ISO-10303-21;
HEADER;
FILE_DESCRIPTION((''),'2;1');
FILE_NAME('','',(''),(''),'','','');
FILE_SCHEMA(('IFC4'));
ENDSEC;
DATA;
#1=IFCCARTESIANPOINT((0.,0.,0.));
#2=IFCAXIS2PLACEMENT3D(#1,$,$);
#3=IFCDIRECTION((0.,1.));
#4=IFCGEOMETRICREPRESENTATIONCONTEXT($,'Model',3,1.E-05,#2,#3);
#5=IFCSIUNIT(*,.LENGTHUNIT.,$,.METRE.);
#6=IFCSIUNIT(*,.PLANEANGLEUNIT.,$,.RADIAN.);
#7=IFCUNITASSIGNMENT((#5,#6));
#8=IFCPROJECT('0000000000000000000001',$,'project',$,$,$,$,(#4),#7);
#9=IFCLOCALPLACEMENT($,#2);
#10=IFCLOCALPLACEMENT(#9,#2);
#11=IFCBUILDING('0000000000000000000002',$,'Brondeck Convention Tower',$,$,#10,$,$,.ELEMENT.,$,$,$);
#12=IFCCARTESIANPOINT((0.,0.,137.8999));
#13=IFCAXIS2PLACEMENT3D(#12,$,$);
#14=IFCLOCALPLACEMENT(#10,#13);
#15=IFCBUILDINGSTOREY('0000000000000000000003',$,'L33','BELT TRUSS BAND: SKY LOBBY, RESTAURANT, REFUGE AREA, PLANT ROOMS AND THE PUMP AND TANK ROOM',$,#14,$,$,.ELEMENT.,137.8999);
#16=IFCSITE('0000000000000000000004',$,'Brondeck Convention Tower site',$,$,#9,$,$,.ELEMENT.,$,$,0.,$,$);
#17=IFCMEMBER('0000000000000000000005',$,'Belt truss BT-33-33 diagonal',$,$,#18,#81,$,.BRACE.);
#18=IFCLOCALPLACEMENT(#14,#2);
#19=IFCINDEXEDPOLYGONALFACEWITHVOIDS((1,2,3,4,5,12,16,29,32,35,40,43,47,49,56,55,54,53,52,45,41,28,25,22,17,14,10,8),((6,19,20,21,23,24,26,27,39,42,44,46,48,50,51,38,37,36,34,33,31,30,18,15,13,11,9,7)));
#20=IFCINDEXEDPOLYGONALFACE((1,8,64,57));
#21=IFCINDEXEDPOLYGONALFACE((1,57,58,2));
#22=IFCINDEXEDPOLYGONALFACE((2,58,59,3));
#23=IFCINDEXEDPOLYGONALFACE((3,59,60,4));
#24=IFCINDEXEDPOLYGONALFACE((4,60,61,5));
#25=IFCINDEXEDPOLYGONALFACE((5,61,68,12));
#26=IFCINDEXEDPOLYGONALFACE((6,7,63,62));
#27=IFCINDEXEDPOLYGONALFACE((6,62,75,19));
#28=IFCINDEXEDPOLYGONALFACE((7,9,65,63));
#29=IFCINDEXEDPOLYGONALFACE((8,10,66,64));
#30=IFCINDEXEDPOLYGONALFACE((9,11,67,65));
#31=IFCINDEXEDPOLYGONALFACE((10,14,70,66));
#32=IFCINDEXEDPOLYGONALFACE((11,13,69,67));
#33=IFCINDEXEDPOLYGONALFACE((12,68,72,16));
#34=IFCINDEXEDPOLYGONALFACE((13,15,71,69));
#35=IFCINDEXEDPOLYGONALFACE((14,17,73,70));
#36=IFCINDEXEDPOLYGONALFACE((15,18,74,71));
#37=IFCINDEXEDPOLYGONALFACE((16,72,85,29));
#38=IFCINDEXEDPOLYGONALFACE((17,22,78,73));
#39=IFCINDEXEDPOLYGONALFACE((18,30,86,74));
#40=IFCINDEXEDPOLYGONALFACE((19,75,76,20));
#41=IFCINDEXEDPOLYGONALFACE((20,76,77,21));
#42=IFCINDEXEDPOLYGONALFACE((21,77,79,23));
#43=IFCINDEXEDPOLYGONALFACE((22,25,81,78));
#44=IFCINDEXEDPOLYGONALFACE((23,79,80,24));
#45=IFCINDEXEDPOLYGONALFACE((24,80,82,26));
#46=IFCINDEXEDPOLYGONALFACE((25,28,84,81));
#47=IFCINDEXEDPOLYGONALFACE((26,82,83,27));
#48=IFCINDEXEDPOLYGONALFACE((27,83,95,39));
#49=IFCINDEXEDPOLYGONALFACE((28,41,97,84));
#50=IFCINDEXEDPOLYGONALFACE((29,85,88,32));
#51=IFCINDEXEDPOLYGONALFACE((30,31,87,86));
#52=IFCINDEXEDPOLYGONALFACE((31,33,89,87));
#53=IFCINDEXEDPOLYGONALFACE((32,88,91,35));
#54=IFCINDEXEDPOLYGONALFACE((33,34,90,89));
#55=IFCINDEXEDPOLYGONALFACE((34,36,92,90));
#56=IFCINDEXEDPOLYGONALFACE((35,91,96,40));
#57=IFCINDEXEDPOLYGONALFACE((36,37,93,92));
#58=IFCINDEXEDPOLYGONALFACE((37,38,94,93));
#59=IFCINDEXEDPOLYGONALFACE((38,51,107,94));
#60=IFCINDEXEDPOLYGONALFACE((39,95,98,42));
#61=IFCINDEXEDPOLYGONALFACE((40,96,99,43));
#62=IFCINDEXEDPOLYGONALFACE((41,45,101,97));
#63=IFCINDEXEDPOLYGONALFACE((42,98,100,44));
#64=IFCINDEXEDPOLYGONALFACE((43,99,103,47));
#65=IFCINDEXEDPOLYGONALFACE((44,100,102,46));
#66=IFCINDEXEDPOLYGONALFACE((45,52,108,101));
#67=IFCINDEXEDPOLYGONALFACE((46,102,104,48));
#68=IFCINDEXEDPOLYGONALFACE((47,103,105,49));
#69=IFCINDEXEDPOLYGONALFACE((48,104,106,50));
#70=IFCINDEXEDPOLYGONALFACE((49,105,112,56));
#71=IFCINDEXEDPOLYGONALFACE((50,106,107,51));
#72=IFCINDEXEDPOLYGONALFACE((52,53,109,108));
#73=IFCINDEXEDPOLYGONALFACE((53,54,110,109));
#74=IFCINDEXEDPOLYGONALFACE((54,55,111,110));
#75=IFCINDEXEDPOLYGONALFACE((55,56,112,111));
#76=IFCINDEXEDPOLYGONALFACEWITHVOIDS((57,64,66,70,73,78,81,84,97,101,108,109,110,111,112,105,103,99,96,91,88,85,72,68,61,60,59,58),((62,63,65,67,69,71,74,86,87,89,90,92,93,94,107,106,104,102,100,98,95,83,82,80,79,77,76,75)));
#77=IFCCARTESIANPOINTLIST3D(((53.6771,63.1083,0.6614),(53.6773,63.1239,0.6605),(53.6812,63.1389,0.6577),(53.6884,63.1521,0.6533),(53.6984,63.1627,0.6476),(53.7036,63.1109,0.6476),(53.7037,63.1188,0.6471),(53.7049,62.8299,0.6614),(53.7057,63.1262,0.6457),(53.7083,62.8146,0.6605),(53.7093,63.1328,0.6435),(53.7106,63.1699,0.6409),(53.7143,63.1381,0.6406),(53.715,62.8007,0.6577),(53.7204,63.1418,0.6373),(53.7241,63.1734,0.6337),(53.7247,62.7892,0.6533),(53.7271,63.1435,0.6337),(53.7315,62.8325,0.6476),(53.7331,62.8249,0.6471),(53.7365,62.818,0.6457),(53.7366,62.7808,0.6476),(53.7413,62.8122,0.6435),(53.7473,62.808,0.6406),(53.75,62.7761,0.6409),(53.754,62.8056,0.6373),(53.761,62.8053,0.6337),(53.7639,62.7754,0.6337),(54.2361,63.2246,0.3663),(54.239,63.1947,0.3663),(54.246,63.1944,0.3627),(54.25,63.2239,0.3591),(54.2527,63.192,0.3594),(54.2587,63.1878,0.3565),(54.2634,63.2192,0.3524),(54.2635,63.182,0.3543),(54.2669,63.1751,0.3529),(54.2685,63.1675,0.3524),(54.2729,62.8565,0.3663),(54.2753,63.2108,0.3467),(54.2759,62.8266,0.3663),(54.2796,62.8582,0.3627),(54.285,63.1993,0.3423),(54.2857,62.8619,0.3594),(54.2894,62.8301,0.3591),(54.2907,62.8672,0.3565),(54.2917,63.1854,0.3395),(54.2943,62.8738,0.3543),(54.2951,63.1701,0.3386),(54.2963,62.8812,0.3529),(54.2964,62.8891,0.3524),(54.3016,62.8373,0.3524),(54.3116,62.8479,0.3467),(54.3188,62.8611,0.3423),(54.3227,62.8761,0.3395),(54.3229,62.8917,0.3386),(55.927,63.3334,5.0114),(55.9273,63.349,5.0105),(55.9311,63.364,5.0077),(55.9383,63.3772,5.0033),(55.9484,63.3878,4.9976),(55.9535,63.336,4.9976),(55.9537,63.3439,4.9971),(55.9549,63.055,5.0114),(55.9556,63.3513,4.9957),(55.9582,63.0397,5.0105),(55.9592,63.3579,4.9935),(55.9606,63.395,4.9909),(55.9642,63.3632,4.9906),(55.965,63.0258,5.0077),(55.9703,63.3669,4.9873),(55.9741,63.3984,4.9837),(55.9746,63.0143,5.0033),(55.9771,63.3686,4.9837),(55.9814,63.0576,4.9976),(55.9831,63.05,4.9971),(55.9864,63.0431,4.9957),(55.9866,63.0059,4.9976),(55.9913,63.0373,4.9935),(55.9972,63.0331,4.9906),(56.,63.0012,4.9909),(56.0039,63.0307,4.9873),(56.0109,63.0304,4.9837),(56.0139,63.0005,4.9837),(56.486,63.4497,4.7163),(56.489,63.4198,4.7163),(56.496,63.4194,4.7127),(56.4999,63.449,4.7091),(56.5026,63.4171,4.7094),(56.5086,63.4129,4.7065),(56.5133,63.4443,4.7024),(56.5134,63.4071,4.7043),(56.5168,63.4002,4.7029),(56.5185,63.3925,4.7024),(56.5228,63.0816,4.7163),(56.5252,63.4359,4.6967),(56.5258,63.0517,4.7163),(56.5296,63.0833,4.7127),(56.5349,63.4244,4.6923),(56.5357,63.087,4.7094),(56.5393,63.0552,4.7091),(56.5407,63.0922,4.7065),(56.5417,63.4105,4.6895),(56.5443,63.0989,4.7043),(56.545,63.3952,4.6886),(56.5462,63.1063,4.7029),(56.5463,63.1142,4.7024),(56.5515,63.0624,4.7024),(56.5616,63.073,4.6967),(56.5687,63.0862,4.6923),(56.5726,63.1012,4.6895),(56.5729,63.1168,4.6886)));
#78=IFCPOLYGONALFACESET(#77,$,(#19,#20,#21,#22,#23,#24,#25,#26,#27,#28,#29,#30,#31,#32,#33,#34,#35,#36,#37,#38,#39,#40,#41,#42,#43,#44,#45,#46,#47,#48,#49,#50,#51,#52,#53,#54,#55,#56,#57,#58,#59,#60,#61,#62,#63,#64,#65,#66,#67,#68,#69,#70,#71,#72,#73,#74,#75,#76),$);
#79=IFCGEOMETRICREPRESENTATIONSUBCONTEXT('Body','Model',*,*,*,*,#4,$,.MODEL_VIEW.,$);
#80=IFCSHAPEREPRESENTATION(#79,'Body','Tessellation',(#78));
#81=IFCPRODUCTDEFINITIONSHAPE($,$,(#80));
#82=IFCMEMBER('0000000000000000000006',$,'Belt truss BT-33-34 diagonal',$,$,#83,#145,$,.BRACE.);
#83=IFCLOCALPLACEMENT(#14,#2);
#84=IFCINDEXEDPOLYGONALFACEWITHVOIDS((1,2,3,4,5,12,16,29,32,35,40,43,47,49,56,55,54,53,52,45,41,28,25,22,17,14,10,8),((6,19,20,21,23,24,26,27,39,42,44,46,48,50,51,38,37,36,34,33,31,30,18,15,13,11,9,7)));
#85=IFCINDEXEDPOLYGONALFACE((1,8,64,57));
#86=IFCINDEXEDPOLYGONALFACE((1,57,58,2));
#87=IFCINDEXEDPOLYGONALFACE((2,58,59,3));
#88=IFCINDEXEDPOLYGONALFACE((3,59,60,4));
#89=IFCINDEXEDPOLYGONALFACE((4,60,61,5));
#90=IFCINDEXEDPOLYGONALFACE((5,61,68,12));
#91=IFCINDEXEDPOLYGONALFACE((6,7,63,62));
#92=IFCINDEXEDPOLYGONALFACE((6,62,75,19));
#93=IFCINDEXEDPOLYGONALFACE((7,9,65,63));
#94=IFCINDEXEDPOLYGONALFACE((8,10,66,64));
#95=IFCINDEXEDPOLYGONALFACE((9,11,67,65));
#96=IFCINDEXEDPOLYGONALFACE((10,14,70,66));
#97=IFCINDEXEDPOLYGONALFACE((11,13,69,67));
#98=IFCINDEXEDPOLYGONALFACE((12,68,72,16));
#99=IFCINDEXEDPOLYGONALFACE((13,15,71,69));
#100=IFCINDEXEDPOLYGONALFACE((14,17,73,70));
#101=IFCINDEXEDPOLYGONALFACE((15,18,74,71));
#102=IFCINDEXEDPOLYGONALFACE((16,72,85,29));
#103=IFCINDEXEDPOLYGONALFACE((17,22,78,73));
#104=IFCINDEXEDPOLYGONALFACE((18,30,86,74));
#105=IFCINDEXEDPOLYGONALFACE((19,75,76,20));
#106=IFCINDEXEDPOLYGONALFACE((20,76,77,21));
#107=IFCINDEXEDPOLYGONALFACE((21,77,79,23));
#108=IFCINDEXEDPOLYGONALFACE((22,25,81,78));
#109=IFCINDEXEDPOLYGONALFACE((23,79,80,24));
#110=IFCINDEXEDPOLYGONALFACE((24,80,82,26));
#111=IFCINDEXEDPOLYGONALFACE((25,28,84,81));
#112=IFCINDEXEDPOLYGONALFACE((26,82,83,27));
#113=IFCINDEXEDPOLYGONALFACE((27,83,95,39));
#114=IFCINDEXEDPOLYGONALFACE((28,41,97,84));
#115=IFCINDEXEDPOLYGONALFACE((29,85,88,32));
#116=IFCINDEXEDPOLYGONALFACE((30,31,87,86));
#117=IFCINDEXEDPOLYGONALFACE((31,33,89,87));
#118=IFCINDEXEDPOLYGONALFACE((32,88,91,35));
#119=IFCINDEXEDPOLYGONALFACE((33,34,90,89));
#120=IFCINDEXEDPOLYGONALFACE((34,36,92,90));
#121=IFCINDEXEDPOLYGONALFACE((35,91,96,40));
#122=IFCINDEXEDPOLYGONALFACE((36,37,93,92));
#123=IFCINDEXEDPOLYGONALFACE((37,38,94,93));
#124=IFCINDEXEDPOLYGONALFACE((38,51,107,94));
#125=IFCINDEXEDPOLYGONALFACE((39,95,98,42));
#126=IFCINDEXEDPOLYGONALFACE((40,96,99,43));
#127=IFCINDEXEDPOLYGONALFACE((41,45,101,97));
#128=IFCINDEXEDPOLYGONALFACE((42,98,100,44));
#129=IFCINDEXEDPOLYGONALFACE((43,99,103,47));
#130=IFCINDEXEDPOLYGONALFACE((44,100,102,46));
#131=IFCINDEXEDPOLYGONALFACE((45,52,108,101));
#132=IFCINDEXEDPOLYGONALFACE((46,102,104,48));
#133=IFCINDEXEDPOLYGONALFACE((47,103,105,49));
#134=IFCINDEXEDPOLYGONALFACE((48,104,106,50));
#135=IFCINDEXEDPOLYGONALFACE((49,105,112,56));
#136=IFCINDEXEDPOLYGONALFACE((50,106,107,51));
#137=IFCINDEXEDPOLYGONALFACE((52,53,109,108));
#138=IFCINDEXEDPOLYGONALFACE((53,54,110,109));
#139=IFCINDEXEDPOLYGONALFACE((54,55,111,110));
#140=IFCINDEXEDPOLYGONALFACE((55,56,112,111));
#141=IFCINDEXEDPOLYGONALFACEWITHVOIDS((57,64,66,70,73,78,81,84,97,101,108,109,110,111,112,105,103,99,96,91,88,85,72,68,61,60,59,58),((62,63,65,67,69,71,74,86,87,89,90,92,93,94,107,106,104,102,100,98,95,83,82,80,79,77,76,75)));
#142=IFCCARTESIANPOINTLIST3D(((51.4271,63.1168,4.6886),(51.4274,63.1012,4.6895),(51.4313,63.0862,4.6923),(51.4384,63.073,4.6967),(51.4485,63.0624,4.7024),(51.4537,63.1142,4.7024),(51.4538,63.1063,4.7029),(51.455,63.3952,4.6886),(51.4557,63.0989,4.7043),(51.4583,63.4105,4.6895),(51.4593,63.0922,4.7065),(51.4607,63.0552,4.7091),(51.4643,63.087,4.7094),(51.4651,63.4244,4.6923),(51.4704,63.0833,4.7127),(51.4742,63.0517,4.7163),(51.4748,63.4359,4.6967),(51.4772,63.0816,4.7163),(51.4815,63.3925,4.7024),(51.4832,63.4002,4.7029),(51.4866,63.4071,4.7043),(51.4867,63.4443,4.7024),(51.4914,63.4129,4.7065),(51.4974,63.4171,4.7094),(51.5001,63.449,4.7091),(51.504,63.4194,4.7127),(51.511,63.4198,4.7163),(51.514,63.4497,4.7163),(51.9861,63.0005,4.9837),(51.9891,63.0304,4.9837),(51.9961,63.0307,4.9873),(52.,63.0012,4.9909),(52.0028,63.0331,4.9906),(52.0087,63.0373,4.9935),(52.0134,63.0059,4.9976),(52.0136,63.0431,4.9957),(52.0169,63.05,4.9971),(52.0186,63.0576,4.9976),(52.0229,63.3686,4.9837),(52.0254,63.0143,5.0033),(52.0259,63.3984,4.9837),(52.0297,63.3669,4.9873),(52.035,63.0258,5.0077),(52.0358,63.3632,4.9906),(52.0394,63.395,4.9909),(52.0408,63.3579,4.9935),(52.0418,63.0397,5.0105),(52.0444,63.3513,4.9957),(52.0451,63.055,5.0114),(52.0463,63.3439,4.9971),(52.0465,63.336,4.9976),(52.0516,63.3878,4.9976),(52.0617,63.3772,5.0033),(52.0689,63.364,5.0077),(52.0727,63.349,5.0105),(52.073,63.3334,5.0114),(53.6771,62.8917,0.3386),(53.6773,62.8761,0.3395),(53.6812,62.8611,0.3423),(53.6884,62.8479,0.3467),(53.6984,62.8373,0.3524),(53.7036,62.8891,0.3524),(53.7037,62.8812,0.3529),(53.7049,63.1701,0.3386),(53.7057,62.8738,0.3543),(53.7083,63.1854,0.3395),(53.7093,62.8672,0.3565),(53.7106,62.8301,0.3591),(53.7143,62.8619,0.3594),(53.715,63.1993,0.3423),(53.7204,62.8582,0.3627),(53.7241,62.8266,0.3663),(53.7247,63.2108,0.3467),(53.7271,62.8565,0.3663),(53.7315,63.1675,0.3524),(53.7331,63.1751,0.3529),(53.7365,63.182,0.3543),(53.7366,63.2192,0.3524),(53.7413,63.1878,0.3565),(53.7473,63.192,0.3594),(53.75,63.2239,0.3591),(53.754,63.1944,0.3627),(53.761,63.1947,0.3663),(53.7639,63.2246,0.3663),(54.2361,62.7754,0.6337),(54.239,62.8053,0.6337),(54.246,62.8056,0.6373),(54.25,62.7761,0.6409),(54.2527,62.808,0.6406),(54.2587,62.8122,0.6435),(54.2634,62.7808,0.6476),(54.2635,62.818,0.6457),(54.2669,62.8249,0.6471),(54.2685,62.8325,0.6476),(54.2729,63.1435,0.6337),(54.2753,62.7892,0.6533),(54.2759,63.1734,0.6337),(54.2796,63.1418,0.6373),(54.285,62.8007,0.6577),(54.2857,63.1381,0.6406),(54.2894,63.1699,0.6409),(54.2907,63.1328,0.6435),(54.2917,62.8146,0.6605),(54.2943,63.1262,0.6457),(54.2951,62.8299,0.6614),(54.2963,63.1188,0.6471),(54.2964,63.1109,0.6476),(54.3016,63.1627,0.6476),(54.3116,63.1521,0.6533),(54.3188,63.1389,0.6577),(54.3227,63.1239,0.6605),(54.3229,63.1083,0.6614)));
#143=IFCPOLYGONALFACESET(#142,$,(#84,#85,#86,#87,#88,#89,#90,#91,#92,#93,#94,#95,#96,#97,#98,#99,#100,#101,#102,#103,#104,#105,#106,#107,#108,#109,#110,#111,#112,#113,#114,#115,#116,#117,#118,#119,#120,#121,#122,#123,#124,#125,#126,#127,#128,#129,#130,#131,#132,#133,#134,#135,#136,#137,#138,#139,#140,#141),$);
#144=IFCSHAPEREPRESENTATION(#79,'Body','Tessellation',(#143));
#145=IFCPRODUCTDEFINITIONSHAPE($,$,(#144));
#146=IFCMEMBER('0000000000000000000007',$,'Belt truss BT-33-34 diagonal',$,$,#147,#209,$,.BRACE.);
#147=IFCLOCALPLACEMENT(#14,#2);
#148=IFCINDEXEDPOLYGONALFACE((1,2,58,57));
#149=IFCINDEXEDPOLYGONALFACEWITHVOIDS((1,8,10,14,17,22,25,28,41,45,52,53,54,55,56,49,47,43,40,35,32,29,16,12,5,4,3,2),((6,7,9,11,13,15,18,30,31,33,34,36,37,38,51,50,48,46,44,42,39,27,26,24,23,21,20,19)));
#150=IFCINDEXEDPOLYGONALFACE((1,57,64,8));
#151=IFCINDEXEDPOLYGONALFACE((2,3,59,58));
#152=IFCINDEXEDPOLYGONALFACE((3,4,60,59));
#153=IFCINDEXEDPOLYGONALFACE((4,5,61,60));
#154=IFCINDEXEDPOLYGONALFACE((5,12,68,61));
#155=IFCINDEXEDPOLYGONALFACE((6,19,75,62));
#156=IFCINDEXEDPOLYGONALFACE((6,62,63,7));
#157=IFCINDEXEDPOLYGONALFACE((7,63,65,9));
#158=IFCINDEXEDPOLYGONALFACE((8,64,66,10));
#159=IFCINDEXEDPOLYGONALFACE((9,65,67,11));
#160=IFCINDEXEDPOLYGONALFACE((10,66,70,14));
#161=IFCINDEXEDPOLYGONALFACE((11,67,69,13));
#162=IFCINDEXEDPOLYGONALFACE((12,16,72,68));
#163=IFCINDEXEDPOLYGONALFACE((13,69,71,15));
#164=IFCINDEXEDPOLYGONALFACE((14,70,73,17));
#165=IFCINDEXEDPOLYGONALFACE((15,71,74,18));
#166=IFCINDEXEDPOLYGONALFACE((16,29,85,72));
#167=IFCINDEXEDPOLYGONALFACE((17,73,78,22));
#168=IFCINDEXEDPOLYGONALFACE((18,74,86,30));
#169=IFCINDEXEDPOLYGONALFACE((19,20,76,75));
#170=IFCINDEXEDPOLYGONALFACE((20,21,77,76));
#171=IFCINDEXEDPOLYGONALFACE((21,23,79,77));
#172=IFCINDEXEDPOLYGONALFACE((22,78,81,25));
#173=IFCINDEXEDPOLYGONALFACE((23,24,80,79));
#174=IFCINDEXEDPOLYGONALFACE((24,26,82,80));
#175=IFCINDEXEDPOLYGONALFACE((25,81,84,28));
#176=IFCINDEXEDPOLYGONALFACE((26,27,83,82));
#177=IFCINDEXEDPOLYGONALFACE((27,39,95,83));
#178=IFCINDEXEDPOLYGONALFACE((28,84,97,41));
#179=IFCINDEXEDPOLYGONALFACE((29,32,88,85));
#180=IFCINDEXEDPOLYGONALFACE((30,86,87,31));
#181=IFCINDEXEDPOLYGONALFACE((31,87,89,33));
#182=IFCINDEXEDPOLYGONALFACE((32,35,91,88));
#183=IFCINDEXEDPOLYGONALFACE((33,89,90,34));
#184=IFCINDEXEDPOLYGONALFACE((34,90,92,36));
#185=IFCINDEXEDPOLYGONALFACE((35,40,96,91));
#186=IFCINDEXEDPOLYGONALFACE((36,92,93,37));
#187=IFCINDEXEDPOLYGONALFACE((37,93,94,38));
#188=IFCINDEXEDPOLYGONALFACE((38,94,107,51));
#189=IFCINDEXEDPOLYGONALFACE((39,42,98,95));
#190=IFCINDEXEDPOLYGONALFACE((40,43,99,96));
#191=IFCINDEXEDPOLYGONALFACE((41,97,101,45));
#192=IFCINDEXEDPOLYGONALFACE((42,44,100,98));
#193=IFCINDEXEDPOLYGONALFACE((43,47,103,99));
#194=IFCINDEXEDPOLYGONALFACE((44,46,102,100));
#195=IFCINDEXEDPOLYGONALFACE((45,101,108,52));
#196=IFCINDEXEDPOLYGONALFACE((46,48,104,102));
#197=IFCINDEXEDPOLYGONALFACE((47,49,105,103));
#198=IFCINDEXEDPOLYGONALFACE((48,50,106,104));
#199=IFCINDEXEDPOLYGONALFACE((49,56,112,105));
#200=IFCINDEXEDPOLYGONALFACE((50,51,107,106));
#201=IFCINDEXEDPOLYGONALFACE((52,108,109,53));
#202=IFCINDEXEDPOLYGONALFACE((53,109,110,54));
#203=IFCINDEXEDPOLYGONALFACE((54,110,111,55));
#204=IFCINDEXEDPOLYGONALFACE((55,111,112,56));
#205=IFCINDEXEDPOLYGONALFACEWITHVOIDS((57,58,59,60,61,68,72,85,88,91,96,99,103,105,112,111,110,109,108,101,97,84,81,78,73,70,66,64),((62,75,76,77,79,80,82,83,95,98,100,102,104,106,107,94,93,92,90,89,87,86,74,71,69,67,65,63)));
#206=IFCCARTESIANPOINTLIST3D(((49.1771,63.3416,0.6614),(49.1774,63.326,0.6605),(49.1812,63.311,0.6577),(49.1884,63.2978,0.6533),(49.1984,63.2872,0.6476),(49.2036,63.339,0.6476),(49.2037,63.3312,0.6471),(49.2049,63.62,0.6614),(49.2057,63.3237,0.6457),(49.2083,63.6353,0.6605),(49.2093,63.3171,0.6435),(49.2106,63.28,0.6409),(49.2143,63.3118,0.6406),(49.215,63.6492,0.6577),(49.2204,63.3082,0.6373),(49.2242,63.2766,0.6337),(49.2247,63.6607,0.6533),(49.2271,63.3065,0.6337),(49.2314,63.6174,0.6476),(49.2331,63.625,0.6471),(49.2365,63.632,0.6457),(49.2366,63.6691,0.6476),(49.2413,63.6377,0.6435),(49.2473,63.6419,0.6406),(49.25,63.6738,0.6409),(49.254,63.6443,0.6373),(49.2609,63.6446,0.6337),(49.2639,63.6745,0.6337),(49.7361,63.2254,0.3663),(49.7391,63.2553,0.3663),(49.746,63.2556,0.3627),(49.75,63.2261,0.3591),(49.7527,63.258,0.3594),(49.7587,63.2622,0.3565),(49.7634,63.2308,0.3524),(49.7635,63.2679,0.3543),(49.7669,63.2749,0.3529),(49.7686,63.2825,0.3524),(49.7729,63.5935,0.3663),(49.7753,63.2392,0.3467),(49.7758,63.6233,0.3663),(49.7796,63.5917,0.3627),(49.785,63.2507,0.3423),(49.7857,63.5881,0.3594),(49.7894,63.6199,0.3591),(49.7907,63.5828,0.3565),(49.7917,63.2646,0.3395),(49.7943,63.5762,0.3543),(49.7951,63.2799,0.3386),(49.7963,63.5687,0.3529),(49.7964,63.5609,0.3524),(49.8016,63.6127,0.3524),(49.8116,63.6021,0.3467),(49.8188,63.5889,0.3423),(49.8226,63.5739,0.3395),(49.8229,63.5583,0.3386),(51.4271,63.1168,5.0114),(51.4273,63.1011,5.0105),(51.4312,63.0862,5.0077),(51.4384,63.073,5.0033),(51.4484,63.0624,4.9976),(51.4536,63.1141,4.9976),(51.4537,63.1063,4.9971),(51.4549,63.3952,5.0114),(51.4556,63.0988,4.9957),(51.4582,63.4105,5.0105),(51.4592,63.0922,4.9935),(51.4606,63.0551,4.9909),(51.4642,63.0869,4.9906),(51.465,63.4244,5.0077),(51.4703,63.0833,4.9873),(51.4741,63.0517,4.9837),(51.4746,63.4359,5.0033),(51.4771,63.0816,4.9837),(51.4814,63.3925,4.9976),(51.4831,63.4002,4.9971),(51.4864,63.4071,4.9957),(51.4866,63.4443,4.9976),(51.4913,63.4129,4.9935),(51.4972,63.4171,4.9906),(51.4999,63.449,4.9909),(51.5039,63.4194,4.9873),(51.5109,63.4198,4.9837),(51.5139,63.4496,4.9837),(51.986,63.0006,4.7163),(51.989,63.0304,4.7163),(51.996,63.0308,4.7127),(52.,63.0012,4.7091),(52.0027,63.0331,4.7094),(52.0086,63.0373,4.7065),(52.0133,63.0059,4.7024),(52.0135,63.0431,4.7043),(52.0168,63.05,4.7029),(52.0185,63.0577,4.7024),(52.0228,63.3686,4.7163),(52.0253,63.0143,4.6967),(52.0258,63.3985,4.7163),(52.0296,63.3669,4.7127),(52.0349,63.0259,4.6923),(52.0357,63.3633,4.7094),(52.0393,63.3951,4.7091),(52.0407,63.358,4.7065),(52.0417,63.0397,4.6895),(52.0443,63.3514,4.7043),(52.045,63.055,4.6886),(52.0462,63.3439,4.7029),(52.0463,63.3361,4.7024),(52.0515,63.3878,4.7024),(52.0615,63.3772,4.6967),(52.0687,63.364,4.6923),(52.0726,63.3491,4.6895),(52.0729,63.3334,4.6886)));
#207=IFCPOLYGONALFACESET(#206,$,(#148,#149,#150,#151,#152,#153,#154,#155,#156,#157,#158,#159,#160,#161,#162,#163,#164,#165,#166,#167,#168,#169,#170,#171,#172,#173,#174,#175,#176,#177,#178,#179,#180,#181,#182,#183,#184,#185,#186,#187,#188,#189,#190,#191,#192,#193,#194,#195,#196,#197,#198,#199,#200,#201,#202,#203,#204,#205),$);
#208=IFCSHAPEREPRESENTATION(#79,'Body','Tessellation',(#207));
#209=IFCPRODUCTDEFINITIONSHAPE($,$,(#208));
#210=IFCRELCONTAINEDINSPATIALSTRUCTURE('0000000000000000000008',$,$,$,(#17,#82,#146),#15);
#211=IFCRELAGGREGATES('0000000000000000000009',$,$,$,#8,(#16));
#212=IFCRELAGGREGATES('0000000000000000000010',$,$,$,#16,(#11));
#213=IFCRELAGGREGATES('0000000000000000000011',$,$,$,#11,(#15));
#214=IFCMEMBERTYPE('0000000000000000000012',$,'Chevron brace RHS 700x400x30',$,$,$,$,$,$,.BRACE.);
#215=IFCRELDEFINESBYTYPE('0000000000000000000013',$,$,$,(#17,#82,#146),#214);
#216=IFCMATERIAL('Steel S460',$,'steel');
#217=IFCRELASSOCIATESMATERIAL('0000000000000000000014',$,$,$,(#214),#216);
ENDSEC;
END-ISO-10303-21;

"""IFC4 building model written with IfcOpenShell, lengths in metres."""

from ifc_helpers import new_model, si_unit, direction, frame, origin, origin_2d, place, context, subcontext, project, spatial, hollow_rectangle, extrude, material, material_profile, profile_set, type_object, element, save


model = new_model("IFC4")

# Units and contexts
model_context = context("Model", 3, precision=1e-05, world=origin(), true_north=direction((0.0, 1.0)))
body_context = subcontext(model_context, "Body", "Model", "MODEL_VIEW")
ifc_project = project(units=[si_unit("LENGTHUNIT", "METRE"), si_unit("PLANEANGLEUNIT", "RADIAN")], contexts=[model_context])

# Site, building, storey
site_placement = place(None, origin())
site = spatial("IfcSite", under=ifc_project, at=site_placement, Name="Brondeck Convention Tower site", CompositionType="ELEMENT", RefElevation=0.0)
building_placement = place(site_placement, origin())
building = spatial("IfcBuilding", under=site, at=building_placement, Name="Brondeck Convention Tower", CompositionType="ELEMENT")
storey_placement = place(building_placement, frame((0.0, 0.0, 137.8999)))
storey = spatial("IfcBuildingStorey", under=building, at=storey_placement, Name="L33", Description="BELT TRUSS BAND: SKY LOBBY, RESTAURANT, REFUGE AREA, PLANT ROOMS AND THE PUMP AND TANK ROOM", CompositionType="ELEMENT", Elevation=137.8999)

# Members
ifc_material_1 = material(Name="Steel S460", Category="steel")
ifc_material_profile_1 = material_profile(ifc_material_1, hollow_rectangle(XDim=0.3999, YDim=0.7, WallThickness=0.03, InnerFilletRadius=0.03, OuterFilletRadius=0.0601, at=origin_2d()), Name="RHS 700x400x30")
ifc_profile_set_1 = profile_set([ifc_material_profile_1], Name="Steel S460")
member_type_1 = type_object("IfcMemberType", Name="Chevron brace RHS 700x400x30", PredefinedType="BRACE", material=ifc_profile_set_1)
for number, where, z_axis, x_axis, name in (
    (1, (54.0, 63.0, 0.5), (0.45893, 0.045913, 0.887285), (-0.099546, 0.995033, 0.0), "Belt truss BT-33-33 diagonal"),
    (2, (54.0, 63.0, 0.5), (-0.45893, 0.045913, 0.887285), (-0.099546, -0.995033, 0.0), "Belt truss BT-33-34 diagonal"),
    (3, (49.5, 63.45, 0.5), (0.458931, -0.045863, 0.887287), (0.09944, 0.995044, 0.0), "Belt truss BT-33-34 diagonal"),
):
    element("IfcMember", number, at=place(storey_placement, frame(where, z_axis=z_axis, x_axis=x_axis)), inside=storey, type_object=member_type_1, Name=name, PredefinedType="BRACE", context=body_context, shape_type="SweptSolid", body=[
        extrude(hollow_rectangle(XDim=0.3999, YDim=0.7, WallThickness=0.03, InnerFilletRadius=0.03, OuterFilletRadius=0.0601, at=origin_2d()), origin(), (0.0, 0.0, 1.0), 4.9026),
    ])

save(model, "model.ifc")
